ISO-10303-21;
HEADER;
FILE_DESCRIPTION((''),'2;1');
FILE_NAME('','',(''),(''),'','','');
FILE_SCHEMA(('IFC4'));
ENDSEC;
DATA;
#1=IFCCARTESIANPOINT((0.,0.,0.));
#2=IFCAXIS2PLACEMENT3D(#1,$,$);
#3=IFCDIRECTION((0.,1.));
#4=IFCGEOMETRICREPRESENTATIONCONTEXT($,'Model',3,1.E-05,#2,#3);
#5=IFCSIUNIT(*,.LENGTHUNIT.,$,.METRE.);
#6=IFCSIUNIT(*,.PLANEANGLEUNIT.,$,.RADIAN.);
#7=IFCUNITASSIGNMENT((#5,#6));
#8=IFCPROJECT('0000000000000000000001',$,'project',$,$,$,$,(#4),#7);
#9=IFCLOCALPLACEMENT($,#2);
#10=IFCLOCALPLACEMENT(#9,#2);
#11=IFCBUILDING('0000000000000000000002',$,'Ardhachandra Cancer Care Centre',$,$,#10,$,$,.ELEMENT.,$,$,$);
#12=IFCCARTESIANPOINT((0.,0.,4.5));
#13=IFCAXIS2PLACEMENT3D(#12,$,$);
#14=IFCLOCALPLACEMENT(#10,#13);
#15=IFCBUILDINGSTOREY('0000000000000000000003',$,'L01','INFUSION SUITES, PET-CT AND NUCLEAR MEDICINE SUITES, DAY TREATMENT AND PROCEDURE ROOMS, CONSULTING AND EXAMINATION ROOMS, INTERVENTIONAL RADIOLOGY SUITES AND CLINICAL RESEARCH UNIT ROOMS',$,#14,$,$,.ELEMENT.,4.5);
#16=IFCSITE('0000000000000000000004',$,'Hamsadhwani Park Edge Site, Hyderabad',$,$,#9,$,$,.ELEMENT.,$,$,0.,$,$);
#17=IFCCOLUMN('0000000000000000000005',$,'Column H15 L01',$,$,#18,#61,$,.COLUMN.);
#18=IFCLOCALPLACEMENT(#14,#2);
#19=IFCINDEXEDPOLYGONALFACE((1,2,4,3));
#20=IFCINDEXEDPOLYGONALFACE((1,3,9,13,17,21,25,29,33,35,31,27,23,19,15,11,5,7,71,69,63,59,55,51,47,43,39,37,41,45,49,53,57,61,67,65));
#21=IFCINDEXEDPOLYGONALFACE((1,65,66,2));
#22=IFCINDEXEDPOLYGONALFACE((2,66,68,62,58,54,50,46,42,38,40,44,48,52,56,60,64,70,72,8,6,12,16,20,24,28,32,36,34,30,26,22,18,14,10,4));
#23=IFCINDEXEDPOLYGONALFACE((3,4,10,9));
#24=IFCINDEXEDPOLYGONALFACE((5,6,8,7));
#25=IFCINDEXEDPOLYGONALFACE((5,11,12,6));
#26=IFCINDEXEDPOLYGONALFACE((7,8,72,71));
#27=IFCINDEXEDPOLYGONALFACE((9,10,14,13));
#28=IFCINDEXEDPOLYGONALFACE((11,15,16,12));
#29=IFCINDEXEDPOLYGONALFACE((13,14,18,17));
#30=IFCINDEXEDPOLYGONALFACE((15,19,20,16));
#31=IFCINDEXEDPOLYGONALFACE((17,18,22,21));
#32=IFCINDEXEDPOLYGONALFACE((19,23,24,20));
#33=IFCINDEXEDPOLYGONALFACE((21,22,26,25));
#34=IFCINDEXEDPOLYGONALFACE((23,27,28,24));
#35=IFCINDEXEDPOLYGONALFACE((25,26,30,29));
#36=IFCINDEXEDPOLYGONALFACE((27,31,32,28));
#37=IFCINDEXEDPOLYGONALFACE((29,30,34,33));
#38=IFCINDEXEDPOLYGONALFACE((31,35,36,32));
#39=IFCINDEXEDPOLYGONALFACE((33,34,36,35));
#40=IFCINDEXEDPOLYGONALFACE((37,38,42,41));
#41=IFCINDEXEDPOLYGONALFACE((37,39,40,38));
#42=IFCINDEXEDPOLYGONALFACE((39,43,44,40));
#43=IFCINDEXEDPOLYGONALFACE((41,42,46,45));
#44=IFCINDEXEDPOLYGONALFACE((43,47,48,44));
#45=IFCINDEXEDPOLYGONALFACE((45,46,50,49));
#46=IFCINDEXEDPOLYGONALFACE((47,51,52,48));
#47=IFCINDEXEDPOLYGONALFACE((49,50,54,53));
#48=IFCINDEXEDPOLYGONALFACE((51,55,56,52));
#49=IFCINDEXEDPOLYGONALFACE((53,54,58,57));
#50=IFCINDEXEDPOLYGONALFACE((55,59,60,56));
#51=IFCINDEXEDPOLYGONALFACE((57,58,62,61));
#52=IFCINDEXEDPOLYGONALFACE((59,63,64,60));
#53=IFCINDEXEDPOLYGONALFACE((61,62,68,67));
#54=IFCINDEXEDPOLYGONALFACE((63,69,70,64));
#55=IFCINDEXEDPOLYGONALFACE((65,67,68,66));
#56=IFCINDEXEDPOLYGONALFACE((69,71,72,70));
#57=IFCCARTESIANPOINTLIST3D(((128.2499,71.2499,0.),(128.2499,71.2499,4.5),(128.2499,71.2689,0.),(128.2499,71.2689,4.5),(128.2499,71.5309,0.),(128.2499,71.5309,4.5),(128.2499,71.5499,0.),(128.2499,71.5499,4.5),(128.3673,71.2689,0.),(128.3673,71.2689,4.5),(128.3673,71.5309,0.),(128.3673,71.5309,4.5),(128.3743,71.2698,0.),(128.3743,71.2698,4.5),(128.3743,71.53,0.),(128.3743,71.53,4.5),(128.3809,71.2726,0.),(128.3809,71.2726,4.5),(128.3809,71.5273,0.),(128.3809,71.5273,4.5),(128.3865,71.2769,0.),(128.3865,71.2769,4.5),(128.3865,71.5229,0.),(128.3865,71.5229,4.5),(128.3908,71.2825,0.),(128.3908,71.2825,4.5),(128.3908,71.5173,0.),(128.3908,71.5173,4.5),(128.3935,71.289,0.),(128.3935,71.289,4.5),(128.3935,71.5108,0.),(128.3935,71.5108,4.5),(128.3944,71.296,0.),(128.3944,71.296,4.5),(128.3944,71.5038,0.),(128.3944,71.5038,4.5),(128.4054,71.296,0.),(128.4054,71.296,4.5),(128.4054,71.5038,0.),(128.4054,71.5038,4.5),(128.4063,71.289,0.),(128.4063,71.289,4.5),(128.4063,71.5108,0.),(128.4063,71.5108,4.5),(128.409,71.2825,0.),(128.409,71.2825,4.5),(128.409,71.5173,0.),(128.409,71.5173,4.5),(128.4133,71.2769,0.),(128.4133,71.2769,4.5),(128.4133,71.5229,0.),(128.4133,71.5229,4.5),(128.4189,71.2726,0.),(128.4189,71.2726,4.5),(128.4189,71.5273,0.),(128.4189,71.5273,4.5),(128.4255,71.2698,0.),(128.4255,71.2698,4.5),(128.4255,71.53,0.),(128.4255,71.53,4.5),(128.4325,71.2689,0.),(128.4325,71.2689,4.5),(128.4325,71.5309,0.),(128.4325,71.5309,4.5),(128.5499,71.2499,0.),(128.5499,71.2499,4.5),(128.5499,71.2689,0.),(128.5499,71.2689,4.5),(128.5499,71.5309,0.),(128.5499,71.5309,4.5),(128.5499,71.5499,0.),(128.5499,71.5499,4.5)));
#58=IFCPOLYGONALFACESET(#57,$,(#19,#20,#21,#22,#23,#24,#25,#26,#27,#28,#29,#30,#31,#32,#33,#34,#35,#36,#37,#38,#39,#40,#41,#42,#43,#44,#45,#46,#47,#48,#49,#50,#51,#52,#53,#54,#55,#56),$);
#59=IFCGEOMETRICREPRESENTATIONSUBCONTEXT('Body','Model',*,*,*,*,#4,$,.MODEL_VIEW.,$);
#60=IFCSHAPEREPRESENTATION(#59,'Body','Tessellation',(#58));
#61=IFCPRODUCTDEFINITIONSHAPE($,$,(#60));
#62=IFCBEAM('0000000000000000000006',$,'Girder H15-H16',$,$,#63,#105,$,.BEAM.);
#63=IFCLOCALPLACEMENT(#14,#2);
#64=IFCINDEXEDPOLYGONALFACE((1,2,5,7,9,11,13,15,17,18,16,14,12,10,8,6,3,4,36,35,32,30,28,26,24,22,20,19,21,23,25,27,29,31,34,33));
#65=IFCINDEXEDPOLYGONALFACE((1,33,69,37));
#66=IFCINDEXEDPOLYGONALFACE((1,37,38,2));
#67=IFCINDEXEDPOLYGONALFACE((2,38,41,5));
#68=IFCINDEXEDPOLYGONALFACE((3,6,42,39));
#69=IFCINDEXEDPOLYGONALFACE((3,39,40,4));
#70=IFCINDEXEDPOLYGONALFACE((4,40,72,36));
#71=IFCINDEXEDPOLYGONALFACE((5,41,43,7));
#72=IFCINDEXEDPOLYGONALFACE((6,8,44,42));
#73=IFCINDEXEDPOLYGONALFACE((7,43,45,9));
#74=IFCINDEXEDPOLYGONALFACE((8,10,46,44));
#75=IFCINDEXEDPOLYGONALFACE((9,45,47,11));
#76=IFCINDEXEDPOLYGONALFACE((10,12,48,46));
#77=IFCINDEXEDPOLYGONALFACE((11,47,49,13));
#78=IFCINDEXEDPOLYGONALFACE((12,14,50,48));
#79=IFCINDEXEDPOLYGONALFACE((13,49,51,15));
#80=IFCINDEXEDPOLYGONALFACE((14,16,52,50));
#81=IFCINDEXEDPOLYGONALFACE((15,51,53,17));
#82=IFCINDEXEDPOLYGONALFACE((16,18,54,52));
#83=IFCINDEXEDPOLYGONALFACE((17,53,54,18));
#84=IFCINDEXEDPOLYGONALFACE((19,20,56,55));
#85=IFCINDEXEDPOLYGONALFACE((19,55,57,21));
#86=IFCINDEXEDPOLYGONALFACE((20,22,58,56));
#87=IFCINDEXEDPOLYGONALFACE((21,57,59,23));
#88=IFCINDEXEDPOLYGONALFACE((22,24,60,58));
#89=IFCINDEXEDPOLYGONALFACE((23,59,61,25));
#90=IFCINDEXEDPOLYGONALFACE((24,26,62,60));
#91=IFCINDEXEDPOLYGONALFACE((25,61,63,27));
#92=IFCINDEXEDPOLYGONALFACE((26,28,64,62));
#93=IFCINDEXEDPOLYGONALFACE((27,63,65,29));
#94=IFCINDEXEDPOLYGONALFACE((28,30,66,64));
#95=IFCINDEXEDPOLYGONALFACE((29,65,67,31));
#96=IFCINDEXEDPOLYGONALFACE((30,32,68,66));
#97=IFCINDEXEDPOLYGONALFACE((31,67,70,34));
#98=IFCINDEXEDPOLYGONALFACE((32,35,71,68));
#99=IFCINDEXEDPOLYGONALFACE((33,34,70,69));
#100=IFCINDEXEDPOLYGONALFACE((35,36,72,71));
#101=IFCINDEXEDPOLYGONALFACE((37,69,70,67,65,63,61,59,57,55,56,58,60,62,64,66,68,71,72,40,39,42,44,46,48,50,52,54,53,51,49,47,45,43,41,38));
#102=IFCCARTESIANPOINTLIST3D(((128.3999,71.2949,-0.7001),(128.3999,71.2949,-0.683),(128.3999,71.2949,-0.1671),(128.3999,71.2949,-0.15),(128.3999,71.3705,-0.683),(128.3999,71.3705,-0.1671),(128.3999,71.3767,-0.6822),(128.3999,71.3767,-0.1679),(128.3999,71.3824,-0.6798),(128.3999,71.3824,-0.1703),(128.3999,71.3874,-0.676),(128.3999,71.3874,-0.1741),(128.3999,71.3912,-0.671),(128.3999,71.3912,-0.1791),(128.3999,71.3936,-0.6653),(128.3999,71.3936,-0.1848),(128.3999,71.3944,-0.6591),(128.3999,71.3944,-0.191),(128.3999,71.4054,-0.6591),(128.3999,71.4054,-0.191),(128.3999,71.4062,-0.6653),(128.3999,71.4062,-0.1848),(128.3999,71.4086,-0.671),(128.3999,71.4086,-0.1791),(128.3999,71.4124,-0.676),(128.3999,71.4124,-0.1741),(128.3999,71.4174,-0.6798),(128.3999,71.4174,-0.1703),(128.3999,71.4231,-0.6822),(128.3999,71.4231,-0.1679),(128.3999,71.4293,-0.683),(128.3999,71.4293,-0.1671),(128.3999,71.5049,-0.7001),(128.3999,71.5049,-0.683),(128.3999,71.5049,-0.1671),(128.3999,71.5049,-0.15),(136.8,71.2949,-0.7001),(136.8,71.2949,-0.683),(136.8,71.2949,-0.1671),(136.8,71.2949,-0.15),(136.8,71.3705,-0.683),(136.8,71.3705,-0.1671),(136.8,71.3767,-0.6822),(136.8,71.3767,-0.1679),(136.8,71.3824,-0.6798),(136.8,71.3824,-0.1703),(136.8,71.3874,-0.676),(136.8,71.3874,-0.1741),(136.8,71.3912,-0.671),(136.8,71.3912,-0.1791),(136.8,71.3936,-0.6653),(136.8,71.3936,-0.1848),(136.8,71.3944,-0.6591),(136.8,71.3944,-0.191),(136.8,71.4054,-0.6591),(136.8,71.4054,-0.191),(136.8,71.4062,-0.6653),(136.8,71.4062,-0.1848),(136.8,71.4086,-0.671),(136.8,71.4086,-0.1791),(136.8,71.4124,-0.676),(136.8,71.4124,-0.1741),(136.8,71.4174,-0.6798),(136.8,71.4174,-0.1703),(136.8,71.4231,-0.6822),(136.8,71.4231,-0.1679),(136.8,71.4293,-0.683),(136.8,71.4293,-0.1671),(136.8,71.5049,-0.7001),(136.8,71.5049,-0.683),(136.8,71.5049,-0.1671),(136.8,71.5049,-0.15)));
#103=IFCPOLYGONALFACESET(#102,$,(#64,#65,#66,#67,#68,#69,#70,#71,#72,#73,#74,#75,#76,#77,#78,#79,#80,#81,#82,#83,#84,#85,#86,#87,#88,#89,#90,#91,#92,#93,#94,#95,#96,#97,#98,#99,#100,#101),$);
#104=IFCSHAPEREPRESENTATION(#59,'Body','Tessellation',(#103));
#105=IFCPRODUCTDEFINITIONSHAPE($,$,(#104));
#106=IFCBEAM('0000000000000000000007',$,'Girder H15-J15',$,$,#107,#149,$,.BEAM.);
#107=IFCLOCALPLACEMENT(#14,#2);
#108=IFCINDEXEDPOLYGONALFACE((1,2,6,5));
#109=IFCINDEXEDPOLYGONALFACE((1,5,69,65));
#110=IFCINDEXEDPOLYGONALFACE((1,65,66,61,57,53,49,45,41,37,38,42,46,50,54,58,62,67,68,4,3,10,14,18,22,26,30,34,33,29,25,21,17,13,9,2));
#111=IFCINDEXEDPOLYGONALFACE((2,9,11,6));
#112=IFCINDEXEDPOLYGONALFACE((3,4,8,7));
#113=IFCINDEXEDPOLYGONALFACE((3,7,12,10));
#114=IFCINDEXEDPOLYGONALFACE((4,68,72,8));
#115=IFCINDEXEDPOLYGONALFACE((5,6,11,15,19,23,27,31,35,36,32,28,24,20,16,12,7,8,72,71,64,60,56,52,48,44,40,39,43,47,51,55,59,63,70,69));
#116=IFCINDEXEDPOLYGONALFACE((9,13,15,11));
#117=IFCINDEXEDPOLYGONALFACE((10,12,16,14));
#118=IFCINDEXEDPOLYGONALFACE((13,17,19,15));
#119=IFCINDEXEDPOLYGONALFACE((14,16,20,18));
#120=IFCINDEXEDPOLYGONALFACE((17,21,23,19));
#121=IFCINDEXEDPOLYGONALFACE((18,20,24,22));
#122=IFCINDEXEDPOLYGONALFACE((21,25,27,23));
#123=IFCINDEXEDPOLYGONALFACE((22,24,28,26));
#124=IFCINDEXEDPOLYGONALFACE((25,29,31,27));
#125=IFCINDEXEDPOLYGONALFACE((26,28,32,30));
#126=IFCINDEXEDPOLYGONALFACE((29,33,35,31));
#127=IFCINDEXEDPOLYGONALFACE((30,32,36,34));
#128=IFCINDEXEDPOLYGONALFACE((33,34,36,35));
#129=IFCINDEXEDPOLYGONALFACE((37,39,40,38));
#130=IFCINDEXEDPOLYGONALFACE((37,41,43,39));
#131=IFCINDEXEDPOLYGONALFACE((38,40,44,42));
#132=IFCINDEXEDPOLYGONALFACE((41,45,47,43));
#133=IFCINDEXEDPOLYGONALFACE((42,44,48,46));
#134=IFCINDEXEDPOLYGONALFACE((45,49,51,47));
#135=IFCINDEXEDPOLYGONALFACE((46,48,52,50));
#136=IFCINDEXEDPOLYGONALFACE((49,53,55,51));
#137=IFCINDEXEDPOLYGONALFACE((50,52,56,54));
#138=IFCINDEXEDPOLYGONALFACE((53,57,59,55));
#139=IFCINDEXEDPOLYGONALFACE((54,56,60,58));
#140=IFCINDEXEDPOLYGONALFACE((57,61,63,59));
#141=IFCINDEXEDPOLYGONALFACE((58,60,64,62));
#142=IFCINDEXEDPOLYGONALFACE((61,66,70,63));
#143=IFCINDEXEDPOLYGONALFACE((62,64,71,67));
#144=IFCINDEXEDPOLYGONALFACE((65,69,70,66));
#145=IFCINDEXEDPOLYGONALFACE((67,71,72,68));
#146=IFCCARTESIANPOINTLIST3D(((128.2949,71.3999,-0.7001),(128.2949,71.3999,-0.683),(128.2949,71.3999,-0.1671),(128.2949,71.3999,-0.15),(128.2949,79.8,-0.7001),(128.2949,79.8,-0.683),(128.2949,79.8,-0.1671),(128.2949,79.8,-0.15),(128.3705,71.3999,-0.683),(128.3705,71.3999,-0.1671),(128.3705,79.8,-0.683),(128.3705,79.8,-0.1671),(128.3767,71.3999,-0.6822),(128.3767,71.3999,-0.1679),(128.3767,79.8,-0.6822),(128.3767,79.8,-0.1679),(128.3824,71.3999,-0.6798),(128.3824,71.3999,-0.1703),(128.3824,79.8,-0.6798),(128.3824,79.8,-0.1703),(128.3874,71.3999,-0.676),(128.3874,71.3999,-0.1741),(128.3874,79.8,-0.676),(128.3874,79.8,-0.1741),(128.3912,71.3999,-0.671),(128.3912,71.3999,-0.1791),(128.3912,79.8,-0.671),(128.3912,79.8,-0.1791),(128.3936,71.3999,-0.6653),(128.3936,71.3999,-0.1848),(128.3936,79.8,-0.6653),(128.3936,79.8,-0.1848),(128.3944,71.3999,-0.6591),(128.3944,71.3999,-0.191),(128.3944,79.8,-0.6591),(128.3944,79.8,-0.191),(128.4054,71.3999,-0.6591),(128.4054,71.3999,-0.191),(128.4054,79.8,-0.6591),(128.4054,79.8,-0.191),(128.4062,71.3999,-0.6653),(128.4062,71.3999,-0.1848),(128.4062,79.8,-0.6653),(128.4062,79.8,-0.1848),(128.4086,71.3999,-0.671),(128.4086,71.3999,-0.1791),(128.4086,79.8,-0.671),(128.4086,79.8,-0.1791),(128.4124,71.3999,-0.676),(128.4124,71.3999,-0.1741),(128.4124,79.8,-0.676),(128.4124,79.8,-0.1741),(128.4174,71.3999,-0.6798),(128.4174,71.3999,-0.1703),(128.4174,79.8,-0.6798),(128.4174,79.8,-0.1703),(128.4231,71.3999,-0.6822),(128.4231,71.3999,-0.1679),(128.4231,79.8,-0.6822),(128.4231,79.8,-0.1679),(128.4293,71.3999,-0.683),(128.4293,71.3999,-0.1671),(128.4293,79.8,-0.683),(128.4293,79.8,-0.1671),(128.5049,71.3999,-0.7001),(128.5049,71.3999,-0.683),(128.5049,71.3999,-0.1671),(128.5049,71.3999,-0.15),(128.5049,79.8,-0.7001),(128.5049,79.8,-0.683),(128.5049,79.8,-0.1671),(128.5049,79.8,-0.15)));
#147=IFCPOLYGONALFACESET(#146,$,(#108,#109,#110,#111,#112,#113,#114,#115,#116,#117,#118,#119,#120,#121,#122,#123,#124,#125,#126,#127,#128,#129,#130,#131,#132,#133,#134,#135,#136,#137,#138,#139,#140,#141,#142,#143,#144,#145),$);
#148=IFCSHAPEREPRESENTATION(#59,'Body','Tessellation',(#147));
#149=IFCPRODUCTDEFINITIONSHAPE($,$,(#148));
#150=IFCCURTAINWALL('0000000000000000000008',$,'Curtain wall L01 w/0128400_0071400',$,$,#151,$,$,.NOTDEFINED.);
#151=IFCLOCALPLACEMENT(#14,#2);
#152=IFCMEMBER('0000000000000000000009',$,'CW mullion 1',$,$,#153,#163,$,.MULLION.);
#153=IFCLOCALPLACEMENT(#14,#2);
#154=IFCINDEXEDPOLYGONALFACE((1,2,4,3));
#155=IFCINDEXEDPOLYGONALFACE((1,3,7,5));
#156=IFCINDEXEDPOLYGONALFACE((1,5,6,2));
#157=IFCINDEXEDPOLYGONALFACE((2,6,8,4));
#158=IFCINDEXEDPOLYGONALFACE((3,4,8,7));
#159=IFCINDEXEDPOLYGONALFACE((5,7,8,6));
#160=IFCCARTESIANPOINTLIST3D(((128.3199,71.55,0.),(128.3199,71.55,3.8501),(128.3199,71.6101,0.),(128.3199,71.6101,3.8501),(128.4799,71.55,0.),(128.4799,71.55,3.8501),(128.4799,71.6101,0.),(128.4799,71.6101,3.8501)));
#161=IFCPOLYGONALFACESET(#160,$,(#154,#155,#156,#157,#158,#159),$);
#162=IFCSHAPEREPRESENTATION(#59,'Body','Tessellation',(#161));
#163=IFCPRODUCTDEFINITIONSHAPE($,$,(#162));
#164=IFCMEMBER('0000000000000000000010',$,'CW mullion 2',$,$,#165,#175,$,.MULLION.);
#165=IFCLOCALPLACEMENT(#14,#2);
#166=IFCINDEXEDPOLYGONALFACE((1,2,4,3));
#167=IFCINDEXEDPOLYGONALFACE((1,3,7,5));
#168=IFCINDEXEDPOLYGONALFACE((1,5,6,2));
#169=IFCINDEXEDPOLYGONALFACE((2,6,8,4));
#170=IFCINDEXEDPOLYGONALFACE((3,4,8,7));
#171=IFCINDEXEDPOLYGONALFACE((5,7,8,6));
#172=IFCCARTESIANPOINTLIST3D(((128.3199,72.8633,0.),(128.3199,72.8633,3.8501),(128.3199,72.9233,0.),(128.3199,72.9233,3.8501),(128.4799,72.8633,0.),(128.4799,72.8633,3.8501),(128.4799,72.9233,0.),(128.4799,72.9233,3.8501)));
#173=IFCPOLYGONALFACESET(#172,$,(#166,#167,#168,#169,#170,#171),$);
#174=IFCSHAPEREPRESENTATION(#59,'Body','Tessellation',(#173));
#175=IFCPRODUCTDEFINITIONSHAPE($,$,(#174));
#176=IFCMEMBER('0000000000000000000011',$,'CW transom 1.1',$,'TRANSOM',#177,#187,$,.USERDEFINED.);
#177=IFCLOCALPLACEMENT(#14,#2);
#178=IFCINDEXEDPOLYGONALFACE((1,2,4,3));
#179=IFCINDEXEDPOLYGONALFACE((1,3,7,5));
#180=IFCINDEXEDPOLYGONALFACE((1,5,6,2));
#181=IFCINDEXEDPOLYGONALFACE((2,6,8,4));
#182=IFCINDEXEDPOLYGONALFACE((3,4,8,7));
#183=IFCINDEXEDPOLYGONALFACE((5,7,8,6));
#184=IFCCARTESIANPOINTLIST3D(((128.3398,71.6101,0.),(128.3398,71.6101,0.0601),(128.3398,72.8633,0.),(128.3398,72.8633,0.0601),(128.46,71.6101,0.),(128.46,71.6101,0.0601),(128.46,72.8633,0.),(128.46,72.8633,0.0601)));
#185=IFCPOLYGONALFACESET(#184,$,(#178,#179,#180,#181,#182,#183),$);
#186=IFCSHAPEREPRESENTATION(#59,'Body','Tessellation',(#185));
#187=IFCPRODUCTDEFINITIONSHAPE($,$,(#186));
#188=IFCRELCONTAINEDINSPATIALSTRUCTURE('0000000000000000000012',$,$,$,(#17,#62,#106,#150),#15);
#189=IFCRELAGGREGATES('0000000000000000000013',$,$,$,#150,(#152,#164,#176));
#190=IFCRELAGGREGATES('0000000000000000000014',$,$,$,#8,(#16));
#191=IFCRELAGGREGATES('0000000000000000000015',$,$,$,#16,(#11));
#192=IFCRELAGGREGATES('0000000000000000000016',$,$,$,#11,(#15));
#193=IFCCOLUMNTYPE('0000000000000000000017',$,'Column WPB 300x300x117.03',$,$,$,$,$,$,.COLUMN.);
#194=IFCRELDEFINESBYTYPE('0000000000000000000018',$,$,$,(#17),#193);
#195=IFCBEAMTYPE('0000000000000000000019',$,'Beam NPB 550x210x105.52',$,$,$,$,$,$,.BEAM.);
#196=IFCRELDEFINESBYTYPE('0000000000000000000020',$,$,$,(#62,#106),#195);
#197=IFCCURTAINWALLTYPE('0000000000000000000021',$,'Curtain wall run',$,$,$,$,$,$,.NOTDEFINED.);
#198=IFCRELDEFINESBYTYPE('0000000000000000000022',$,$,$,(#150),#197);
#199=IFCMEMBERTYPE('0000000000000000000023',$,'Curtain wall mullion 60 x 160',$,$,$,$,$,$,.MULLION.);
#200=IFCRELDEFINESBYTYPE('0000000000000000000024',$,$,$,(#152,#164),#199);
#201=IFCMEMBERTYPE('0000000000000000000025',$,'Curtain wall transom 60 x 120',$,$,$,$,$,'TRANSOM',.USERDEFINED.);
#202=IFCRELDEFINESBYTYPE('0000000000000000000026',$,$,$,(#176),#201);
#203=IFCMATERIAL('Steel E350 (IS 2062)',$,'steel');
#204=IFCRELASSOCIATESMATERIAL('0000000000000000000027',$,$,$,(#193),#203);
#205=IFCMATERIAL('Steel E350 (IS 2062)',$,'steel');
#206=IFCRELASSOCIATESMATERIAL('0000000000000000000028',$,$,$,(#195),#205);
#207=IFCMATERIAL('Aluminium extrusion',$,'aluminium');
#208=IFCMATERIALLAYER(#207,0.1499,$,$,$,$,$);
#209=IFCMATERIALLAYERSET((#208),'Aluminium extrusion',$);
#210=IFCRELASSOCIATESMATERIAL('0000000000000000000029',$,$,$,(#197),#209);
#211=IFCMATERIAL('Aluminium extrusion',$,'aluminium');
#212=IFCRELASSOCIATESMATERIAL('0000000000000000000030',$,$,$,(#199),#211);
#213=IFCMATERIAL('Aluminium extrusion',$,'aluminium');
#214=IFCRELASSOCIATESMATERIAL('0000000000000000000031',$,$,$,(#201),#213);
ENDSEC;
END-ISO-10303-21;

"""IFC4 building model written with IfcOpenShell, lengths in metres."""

from ifc_helpers import new_model, si_unit, direction, frame, origin, origin_2d, place, context, subcontext, project, spatial, rectangle, i_section, extrude, material, layer, layer_set, material_profile, profile_set, type_object, element, aggregate, save


model = new_model("IFC4")

# Units and contexts
model_context = context("Model", 3, precision=1e-05, world=origin(), true_north=direction((0.0, 1.0)))
body_context = subcontext(model_context, "Body", "Model", "MODEL_VIEW")
ifc_project = project(units=[si_unit("LENGTHUNIT", "METRE"), si_unit("PLANEANGLEUNIT", "RADIAN")], contexts=[model_context])

# Site, building, storey
site_placement = place(None, origin())
site = spatial("IfcSite", under=ifc_project, at=site_placement, Name="Hamsadhwani Park Edge Site, Hyderabad", CompositionType="ELEMENT", RefElevation=0.0)
building_placement = place(site_placement, origin())
building = spatial("IfcBuilding", under=site, at=building_placement, Name="Ardhachandra Cancer Care Centre", CompositionType="ELEMENT")
storey_placement = place(building_placement, frame((0.0, 0.0, 4.5)))
storey = spatial("IfcBuildingStorey", under=building, at=storey_placement, Name="L01", Description="INFUSION SUITES, PET-CT AND NUCLEAR MEDICINE SUITES, DAY TREATMENT AND PROCEDURE ROOMS, CONSULTING AND EXAMINATION ROOMS, INTERVENTIONAL RADIOLOGY SUITES AND CLINICAL RESEARCH UNIT ROOMS", CompositionType="ELEMENT", Elevation=4.5)

# Column
ifc_material_1 = material(Name="Steel E350 (IS 2062)", Category="steel")
ifc_material_profile_1 = material_profile(ifc_material_1, i_section(OverallWidth=0.3, OverallDepth=0.3, WebThickness=0.011, FlangeThickness=0.019, FilletRadius=0.0271, at=origin_2d()), Name="WPB 300x300x117.03")
ifc_profile_set_1 = profile_set([ifc_material_profile_1], Name="Steel E350 (IS 2062)")
column_type = type_object("IfcColumnType", Name="Column WPB 300x300x117.03", PredefinedType="COLUMN", material=ifc_profile_set_1)
column_placement = place(storey_placement, frame((128.3999, 71.3999, 0.0), z_axis=(0.0, 0.0, 1.0), x_axis=(1.0, 0.0, 0.0)))
element("IfcColumn", 1, at=column_placement, inside=storey, type_object=column_type, Name="Column H15 L01", PredefinedType="COLUMN", context=body_context, shape_type="SweptSolid", body=[
    extrude(i_section(OverallWidth=0.3, OverallDepth=0.3, WebThickness=0.011, FlangeThickness=0.019, FilletRadius=0.0271, at=origin_2d()), origin(), (0.0, 0.0, 1.0), 4.5),
])

# Beams
ifc_material_2 = material(Name="Steel E350 (IS 2062)", Category="steel")
ifc_material_profile_2 = material_profile(ifc_material_2, i_section(OverallWidth=0.21, OverallDepth=0.55, WebThickness=0.011, FlangeThickness=0.0171, FilletRadius=0.0239, at=origin_2d()), Name="NPB 550x210x105.52")
ifc_profile_set_2 = profile_set([ifc_material_profile_2], Name="Steel E350 (IS 2062)")
beam_type = type_object("IfcBeamType", Name="Beam NPB 550x210x105.52", PredefinedType="BEAM", material=ifc_profile_set_2)
for number, where, z_axis, x_axis, name in (
    (2, (128.3999, 71.3999, -0.425), (1.0, 0.0, 0.0), (0.0, 1.0, 0.0), "Girder H15-H16"),
    (3, (128.3999, 71.3999, -0.425), (0.0, 1.0, 0.0), (-1.0, 0.0, 0.0), "Girder H15-J15"),
):
    element("IfcBeam", number, at=place(storey_placement, frame(where, z_axis=z_axis, x_axis=x_axis)), inside=storey, type_object=beam_type, Name=name, PredefinedType="BEAM", context=body_context, shape_type="SweptSolid", body=[
        extrude(i_section(OverallWidth=0.21, OverallDepth=0.55, WebThickness=0.011, FlangeThickness=0.0171, FilletRadius=0.0239, at=origin_2d()), origin(), (0.0, 0.0, 1.0), 8.4001),
    ])

# Curtain wall, members
ifc_material_3 = material(Name="Aluminium extrusion", Category="aluminium")
ifc_layer_1 = layer(ifc_material_3, 0.1499)
ifc_layer_set_1 = layer_set([ifc_layer_1], Name="Aluminium extrusion")
curtain_wall_type = type_object("IfcCurtainWallType", Name="Curtain wall run", PredefinedType="NOTDEFINED", material=ifc_layer_set_1)
curtain_wall_placement = place(storey_placement, origin())
curtain_wall = element("IfcCurtainWall", 4, at=curtain_wall_placement, inside=storey, type_object=curtain_wall_type, Name="Curtain wall L01 w/0128400_0071400", PredefinedType="NOTDEFINED")
ifc_material_4 = material(Name="Aluminium extrusion", Category="aluminium")
ifc_material_profile_3 = material_profile(ifc_material_4, rectangle(XDim=0.1599, YDim=0.0601, at=origin_2d()), Name="Curtain wall mullion 60 x 160")
ifc_profile_set_3 = profile_set([ifc_material_profile_3], Name="Aluminium extrusion")
member_type_1 = type_object("IfcMemberType", Name="Curtain wall mullion 60 x 160", PredefinedType="MULLION", material=ifc_profile_set_3)
member_1_placement = place(storey_placement, frame((128.3999, 71.5801, 0.0), z_axis=(0.0, 0.0, 1.0), x_axis=(-1.0, 0.0, 0.0)))
member_1 = element("IfcMember", 5, at=member_1_placement, type_object=member_type_1, Name="CW mullion 1", PredefinedType="MULLION", context=body_context, shape_type="SweptSolid", body=[
    extrude(rectangle(XDim=0.1599, YDim=0.0601, at=origin_2d()), origin(), (0.0, 0.0, 1.0), 3.8501),
])
member_2_placement = place(storey_placement, frame((128.3999, 72.8933, 0.0), z_axis=(0.0, 0.0, 1.0), x_axis=(-1.0, 0.0, 0.0)))
member_2 = element("IfcMember", 6, at=member_2_placement, type_object=member_type_1, Name="CW mullion 2", PredefinedType="MULLION", context=body_context, shape_type="SweptSolid", body=[
    extrude(rectangle(XDim=0.1599, YDim=0.0601, at=origin_2d()), origin(), (0.0, 0.0, 1.0), 3.8501),
])
ifc_material_5 = material(Name="Aluminium extrusion", Category="aluminium")
ifc_material_profile_4 = material_profile(ifc_material_5, rectangle(XDim=0.1201, YDim=0.0601, at=origin_2d()), Name="Curtain wall transom 60 x 120")
ifc_profile_set_4 = profile_set([ifc_material_profile_4], Name="Aluminium extrusion")
member_type_2 = type_object("IfcMemberType", Name="Curtain wall transom 60 x 120", ElementType="TRANSOM", PredefinedType="USERDEFINED", material=ifc_profile_set_4)
member_3_placement = place(storey_placement, frame((128.3999, 71.6101, 0.03), z_axis=(0.0, 1.0, 0.0), x_axis=(-1.0, 0.0, 0.0)))
member_3 = element("IfcMember", 7, at=member_3_placement, type_object=member_type_2, Name="CW transom 1.1", ObjectType="TRANSOM", PredefinedType="USERDEFINED", context=body_context, shape_type="SweptSolid", body=[
    extrude(rectangle(XDim=0.1201, YDim=0.0601, at=origin_2d()), origin(), (0.0, 0.0, 1.0), 1.2532),
])
aggregate(curtain_wall, [member_1, member_2, member_3])

save(model, "model.ifc")
